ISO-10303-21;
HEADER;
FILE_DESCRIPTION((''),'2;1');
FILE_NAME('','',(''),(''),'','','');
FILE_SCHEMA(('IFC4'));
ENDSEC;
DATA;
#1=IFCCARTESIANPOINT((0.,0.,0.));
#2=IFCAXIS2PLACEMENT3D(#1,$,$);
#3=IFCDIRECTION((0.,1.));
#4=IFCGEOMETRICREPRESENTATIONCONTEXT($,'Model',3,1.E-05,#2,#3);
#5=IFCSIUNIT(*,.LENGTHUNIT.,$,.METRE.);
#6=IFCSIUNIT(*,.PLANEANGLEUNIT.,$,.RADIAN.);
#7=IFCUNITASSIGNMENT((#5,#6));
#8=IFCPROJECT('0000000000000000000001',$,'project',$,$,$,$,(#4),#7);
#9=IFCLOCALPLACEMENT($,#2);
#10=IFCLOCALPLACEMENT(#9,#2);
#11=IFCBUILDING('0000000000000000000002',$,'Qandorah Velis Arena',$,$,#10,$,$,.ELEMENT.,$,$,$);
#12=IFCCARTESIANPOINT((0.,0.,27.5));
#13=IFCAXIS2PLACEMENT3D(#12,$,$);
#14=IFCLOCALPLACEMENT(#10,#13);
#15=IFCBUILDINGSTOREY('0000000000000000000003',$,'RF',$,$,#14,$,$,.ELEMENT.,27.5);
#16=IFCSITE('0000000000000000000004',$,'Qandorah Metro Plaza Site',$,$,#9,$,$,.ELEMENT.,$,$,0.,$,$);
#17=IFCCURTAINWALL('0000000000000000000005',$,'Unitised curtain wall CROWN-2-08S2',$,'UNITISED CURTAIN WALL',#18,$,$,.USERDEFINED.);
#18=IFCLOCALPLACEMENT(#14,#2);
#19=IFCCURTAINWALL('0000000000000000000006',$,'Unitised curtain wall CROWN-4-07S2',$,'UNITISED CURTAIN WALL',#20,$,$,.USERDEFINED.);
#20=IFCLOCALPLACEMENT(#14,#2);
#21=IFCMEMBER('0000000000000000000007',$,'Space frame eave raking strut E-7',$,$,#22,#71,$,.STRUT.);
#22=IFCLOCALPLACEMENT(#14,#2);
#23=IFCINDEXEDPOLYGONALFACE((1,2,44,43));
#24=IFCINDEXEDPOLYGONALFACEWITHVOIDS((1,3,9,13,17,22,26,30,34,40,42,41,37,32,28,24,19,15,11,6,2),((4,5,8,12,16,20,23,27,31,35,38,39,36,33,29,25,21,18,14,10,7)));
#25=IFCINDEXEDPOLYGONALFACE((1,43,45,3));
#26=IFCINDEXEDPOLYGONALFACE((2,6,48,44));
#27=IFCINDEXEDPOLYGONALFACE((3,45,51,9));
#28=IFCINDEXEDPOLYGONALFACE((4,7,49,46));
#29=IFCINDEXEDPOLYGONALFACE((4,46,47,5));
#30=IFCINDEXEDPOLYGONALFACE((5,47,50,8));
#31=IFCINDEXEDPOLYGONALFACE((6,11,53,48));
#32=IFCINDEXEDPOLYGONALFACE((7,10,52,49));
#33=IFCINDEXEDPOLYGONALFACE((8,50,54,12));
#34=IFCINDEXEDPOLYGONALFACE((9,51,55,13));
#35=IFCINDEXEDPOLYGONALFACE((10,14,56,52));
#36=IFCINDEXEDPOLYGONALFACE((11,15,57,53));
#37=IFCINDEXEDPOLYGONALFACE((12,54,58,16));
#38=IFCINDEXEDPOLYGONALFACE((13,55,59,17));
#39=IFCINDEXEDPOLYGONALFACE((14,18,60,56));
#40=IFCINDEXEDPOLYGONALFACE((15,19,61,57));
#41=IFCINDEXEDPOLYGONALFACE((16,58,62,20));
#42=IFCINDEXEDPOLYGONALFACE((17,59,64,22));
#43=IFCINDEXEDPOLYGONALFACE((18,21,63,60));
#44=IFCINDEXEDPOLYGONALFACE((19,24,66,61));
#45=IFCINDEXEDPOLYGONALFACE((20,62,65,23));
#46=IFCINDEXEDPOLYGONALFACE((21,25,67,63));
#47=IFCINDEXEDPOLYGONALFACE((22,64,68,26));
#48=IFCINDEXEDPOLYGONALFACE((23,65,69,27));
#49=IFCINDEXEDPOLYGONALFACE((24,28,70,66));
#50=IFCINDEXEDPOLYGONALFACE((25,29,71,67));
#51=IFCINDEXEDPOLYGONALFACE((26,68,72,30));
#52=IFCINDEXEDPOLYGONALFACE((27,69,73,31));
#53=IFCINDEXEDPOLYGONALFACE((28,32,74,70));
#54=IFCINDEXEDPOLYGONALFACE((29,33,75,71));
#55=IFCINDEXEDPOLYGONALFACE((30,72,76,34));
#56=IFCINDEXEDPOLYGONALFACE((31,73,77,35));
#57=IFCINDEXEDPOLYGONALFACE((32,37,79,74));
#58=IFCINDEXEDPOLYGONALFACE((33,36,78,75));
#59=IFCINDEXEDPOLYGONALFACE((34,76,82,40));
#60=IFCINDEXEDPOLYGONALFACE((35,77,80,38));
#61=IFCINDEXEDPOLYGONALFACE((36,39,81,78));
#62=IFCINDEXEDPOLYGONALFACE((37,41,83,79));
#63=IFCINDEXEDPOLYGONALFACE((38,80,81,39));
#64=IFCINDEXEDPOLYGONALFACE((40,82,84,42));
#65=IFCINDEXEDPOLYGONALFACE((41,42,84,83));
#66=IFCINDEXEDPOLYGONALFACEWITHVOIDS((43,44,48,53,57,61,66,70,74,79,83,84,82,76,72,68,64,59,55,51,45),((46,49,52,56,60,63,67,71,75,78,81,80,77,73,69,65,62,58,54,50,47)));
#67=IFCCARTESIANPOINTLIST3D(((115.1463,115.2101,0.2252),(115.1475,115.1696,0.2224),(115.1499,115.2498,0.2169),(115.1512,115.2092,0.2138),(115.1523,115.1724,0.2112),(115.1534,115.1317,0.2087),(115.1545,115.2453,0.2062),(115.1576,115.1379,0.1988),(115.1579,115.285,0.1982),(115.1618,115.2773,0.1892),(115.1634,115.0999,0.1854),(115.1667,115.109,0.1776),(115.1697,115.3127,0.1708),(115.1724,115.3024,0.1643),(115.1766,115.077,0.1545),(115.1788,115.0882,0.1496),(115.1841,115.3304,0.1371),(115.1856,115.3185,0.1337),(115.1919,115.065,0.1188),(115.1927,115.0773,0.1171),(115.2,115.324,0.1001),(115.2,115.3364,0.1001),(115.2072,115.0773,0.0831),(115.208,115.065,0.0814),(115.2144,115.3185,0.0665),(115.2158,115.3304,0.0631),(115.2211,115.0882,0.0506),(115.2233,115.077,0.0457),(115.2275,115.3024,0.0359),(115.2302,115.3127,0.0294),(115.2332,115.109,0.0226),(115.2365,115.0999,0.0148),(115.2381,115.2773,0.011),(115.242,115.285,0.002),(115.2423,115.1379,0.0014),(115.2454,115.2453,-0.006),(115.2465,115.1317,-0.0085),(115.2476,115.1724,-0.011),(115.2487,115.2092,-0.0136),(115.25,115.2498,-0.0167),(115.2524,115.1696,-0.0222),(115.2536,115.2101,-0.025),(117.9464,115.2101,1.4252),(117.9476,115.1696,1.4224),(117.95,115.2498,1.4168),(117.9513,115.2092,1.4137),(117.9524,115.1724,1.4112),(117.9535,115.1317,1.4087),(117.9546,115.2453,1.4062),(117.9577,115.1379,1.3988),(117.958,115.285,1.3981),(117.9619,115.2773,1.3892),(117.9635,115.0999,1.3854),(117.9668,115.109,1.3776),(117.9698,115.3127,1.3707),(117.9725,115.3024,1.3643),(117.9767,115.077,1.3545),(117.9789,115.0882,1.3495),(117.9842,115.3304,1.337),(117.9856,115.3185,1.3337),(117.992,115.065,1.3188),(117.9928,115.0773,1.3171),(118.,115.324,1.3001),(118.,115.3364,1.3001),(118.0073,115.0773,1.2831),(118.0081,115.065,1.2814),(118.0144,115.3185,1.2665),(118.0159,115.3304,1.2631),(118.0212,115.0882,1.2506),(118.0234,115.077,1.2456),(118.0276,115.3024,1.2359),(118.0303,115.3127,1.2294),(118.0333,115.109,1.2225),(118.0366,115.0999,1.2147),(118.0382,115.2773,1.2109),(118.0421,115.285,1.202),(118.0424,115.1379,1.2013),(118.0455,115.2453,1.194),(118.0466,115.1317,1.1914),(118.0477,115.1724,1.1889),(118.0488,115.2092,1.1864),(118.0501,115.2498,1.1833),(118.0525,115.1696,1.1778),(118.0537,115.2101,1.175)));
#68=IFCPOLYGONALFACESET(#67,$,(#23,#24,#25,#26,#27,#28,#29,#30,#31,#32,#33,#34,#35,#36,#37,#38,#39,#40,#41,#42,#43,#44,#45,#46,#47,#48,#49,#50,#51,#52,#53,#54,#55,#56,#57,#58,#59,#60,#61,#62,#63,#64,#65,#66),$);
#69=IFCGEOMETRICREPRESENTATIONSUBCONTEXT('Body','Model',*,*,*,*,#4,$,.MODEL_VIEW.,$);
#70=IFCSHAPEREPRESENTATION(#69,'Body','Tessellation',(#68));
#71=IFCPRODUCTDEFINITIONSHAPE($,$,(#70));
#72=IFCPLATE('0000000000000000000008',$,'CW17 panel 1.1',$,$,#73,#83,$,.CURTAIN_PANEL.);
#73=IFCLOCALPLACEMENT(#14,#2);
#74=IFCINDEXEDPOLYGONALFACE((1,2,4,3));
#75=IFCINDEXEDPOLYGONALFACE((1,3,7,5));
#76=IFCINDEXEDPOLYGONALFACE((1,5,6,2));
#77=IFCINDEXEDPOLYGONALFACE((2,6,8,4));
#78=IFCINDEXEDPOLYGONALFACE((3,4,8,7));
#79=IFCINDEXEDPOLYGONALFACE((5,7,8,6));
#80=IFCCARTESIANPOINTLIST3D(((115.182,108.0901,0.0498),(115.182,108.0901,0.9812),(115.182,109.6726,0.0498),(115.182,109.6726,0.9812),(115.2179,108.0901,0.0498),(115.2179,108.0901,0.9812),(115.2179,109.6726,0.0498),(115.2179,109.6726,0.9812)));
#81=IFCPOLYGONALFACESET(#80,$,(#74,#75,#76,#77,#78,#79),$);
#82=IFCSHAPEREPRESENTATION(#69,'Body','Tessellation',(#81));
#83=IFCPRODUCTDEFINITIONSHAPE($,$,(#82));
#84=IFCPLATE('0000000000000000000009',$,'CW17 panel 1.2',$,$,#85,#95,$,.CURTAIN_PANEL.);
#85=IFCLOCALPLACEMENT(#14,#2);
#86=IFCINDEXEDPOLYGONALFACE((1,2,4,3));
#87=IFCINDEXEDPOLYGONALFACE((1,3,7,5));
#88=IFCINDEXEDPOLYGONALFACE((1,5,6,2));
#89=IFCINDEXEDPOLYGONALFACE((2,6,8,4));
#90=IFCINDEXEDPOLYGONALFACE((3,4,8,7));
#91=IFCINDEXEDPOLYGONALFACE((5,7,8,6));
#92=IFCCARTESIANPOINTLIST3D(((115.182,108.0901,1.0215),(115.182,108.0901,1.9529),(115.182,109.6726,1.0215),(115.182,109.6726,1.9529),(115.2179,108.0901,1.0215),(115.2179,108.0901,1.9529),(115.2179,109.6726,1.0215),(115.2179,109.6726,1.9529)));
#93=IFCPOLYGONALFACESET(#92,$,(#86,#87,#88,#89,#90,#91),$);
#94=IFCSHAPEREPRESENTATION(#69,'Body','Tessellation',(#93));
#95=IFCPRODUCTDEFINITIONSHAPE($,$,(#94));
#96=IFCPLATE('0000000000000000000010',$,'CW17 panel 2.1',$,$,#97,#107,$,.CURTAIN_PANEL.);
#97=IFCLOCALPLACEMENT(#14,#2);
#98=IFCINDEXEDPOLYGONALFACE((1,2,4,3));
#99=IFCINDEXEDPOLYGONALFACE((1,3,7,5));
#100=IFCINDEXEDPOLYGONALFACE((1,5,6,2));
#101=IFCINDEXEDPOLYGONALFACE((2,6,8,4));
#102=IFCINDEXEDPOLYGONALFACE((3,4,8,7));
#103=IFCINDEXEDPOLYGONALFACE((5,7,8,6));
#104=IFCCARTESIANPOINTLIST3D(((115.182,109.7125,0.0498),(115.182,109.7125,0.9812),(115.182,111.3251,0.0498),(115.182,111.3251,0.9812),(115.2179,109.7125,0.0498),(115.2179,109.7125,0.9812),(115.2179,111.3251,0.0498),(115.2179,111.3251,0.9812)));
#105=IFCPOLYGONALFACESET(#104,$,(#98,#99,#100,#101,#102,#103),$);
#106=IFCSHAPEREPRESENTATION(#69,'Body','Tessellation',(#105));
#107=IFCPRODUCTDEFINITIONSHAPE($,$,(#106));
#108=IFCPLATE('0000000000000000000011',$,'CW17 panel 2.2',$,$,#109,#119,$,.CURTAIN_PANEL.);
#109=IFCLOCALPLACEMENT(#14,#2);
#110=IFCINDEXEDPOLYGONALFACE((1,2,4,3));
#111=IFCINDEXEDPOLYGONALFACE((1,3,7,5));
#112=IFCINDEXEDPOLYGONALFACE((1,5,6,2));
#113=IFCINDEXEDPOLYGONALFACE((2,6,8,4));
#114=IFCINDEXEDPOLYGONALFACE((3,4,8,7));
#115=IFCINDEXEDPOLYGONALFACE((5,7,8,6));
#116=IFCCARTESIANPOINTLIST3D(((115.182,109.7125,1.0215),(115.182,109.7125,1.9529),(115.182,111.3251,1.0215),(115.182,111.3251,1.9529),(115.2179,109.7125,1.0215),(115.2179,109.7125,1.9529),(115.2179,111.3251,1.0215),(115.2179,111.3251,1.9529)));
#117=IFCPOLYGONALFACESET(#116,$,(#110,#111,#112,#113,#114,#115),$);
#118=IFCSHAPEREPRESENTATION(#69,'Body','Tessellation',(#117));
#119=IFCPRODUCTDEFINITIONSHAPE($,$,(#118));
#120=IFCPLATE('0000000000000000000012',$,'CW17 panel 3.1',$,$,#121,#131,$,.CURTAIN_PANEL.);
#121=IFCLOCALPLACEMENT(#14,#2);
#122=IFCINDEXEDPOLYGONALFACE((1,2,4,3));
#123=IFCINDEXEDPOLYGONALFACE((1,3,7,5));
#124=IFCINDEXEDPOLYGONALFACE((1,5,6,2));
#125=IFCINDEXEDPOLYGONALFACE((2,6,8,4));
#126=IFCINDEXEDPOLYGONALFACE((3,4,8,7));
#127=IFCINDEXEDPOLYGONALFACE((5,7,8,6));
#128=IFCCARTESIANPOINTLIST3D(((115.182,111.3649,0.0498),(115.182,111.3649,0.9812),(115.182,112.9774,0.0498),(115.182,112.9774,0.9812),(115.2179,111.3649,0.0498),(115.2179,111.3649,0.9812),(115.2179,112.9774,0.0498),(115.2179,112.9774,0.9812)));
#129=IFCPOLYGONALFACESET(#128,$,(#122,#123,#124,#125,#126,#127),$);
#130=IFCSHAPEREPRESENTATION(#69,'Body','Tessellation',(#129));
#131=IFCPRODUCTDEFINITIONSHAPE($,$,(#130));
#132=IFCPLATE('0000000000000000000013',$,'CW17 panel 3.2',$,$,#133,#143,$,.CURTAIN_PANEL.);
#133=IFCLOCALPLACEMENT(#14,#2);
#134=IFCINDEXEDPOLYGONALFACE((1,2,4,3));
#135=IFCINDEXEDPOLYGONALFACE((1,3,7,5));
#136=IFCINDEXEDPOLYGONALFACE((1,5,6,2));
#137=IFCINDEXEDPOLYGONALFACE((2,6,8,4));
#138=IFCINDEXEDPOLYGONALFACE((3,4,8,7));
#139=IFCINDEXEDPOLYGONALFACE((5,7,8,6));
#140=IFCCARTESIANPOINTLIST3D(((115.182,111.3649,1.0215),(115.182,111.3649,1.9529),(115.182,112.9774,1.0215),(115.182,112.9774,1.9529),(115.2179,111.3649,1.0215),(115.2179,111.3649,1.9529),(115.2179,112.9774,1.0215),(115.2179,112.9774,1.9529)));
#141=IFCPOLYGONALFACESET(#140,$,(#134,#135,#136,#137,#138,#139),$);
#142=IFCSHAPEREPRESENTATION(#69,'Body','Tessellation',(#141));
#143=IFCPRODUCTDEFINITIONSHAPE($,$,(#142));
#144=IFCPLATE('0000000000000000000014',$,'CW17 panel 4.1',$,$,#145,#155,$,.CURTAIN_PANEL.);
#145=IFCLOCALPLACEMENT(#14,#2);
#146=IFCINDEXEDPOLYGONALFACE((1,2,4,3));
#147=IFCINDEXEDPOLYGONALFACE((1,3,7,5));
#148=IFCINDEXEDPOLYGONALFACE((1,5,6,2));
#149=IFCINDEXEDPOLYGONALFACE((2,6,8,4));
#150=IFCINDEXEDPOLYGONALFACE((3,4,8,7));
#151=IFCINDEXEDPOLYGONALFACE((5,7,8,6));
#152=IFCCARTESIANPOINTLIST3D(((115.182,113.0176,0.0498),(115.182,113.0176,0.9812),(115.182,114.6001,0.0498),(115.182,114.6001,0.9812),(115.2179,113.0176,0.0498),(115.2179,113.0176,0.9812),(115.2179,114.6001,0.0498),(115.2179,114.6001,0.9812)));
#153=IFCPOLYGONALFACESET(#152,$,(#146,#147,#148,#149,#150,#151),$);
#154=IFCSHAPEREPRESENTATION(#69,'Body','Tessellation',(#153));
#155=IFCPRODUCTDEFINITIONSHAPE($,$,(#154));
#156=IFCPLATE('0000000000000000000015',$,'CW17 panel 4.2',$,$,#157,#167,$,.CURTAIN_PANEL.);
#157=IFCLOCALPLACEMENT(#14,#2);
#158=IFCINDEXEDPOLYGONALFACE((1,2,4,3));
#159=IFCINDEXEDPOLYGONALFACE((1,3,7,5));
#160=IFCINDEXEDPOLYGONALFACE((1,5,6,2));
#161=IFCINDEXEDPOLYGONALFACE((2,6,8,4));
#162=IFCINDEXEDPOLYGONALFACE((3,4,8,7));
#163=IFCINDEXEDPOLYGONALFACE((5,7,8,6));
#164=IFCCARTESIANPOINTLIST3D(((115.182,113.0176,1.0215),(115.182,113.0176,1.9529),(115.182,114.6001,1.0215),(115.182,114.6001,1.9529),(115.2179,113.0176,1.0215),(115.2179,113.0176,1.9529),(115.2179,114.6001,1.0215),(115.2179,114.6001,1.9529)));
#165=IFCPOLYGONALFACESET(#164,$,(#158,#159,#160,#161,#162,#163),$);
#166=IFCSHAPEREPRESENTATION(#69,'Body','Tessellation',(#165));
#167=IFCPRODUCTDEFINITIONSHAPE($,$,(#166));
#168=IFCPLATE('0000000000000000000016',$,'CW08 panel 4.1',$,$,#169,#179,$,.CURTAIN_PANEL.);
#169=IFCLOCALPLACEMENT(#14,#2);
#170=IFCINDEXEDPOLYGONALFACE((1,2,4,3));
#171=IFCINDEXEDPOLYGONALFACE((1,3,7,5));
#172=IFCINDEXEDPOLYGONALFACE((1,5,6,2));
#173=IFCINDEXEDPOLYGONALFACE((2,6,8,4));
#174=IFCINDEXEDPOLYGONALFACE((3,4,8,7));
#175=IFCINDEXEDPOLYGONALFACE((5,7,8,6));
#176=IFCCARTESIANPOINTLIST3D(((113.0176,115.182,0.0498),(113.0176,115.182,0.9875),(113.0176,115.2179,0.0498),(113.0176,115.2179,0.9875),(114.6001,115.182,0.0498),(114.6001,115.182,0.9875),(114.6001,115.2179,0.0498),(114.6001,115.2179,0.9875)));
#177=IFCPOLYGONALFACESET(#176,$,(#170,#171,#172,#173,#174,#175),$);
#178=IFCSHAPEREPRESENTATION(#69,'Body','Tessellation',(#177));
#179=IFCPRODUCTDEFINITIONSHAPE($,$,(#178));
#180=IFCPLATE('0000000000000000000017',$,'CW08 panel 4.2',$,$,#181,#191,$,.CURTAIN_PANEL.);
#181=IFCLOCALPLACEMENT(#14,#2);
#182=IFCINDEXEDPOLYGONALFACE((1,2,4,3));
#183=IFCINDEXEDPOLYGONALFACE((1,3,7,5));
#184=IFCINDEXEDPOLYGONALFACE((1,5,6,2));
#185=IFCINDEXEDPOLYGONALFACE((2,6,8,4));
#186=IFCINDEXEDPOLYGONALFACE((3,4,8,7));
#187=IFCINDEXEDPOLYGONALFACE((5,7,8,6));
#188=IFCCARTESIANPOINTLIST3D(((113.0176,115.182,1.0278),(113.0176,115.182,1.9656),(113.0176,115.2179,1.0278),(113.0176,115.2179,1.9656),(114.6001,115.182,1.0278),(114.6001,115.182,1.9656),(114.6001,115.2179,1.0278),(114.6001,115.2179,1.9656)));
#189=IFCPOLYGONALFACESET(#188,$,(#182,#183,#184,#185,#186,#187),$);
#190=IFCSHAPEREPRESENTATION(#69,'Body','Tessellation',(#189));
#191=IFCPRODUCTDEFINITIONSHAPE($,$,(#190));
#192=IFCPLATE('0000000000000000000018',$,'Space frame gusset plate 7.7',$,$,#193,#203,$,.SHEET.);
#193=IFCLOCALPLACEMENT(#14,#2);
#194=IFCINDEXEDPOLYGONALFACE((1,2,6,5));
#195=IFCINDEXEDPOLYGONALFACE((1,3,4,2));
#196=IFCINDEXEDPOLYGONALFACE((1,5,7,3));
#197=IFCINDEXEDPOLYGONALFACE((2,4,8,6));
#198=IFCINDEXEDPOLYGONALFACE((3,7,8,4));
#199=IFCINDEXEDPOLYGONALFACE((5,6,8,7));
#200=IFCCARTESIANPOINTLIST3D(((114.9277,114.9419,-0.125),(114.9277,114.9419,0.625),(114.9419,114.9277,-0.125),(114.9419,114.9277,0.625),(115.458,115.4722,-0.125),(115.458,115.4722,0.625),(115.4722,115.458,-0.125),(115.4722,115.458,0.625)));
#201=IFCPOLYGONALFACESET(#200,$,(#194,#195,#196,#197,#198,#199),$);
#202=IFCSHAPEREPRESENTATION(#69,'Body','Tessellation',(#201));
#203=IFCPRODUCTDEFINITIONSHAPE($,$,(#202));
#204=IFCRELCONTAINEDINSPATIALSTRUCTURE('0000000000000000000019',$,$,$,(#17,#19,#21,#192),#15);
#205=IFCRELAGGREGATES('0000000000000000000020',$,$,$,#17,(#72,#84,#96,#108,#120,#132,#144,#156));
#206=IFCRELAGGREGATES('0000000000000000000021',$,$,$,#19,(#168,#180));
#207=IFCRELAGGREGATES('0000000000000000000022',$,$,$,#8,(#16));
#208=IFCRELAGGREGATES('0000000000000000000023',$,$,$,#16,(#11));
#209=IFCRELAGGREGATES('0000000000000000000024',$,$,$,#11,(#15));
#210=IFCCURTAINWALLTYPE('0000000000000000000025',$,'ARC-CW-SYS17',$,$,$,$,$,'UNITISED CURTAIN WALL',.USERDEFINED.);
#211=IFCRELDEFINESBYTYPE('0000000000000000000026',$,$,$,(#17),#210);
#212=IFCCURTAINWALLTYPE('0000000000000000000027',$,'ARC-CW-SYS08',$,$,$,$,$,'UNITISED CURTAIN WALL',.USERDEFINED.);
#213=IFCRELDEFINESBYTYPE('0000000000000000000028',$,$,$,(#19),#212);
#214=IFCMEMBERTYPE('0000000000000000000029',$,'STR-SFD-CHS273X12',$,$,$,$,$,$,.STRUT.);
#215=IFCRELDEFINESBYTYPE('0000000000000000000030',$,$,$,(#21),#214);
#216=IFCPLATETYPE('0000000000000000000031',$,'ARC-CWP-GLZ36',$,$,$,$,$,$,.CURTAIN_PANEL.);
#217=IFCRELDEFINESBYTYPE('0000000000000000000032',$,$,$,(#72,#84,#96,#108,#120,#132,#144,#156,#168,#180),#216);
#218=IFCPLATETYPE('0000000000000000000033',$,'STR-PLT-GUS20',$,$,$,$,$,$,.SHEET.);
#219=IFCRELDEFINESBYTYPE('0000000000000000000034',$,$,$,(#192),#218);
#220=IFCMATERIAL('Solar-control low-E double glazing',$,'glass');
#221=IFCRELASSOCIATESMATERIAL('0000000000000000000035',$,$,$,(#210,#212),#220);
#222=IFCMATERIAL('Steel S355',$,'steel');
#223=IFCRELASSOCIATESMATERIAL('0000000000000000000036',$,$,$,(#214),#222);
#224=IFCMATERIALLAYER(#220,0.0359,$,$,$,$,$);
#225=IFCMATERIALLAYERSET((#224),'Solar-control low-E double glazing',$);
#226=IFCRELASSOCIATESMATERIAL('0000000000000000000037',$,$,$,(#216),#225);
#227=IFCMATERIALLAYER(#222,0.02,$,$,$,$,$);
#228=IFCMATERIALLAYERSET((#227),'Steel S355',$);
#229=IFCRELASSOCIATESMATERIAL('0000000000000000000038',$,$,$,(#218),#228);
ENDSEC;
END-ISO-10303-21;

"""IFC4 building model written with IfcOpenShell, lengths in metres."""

from ifc_helpers import new_model, si_unit, direction, frame, origin, origin_2d, place, context, subcontext, project, spatial, rectangle, hollow_circle, extrude, material, layer, layer_set, material_profile, profile_set, type_object, element, aggregate, save


model = new_model("IFC4")

# Units and contexts
model_context = context("Model", 3, precision=1e-05, world=origin(), true_north=direction((0.0, 1.0)))
body_context = subcontext(model_context, "Body", "Model", "MODEL_VIEW")
ifc_project = project(units=[si_unit("LENGTHUNIT", "METRE"), si_unit("PLANEANGLEUNIT", "RADIAN")], contexts=[model_context])

# Site, building, storey
site_placement = place(None, origin())
site = spatial("IfcSite", under=ifc_project, at=site_placement, Name="Qandorah Metro Plaza Site", CompositionType="ELEMENT", RefElevation=0.0)
building_placement = place(site_placement, origin())
building = spatial("IfcBuilding", under=site, at=building_placement, Name="Qandorah Velis Arena", CompositionType="ELEMENT")
storey_placement = place(building_placement, frame((0.0, 0.0, 27.5)))
storey = spatial("IfcBuildingStorey", under=building, at=storey_placement, Name="RF", CompositionType="ELEMENT", Elevation=27.5)

# Curtain wall
ifc_material_1 = material(Name="Solar-control low-E double glazing", Category="glass")
curtain_wall_type_1 = type_object("IfcCurtainWallType", Name="ARC-CW-SYS17", ElementType="UNITISED CURTAIN WALL", PredefinedType="USERDEFINED", material=ifc_material_1)
curtain_wall_1_placement = place(storey_placement, origin())
curtain_wall_1 = element("IfcCurtainWall", 1, at=curtain_wall_1_placement, inside=storey, type_object=curtain_wall_type_1, Name="Unitised curtain wall CROWN-2-08S2", ObjectType="UNITISED CURTAIN WALL", PredefinedType="USERDEFINED")

# Curtain wall
curtain_wall_type_2 = type_object("IfcCurtainWallType", Name="ARC-CW-SYS08", ElementType="UNITISED CURTAIN WALL", PredefinedType="USERDEFINED", material=ifc_material_1)
curtain_wall_2_placement = place(storey_placement, origin())
curtain_wall_2 = element("IfcCurtainWall", 2, at=curtain_wall_2_placement, inside=storey, type_object=curtain_wall_type_2, Name="Unitised curtain wall CROWN-4-07S2", ObjectType="UNITISED CURTAIN WALL", PredefinedType="USERDEFINED")

# Shared definitions
ifc_material_2 = material(Name="Steel S355", Category="steel")

# Member
ifc_material_profile_1 = material_profile(ifc_material_2, hollow_circle(Radius=0.1365, WallThickness=0.0125, at=origin_2d()), Name="CHS 273x12.5")
ifc_profile_set_1 = profile_set([ifc_material_profile_1], Name="Steel S355")
member_type_1 = type_object("IfcMemberType", Name="STR-SFD-CHS273X12", PredefinedType="STRUT", material=ifc_profile_set_1)
for number, where, z_axis, x_axis, name in (
    (3, (115.2, 115.2, 0.1001), (0.919153, 0.0, 0.3939), (0.0, 1.0, 0.0), "Space frame eave raking strut E-7"),
):
    element("IfcMember", number, at=place(storey_placement, frame(where, z_axis=z_axis, x_axis=x_axis)), inside=storey, type_object=member_type_1, Name=name, PredefinedType="STRUT", context=body_context, shape_type="SweptSolid", body=[
        extrude(hollow_circle(Radius=0.1365, WallThickness=0.0125, at=origin_2d()), origin(), (0.0, 0.0, 1.0), 3.0464),
    ])

# Plates
ifc_layer_1 = layer(ifc_material_1, 0.0359)
ifc_layer_set_1 = layer_set([ifc_layer_1], Name="Solar-control low-E double glazing")
plate_type_1 = type_object("IfcPlateType", Name="ARC-CWP-GLZ36", PredefinedType="CURTAIN_PANEL", material=ifc_layer_set_1)
plate_1_placement = place(storey_placement, frame((115.2, 108.8813, 0.0498), z_axis=(0.0, 0.0, 1.0), x_axis=(0.0, 1.0, 0.0)))
plate_1 = element("IfcPlate", 4, at=plate_1_placement, type_object=plate_type_1, Name="CW17 panel 1.1", PredefinedType="CURTAIN_PANEL", context=body_context, shape_type="SweptSolid", body=[
    extrude(rectangle(XDim=1.5825, YDim=0.0359, at=origin_2d()), origin(), (0.0, 0.0, 1.0), 0.9314),
])
plate_2_placement = place(storey_placement, frame((115.2, 108.8813, 1.0215), z_axis=(0.0, 0.0, 1.0), x_axis=(0.0, 1.0, 0.0)))
plate_2 = element("IfcPlate", 5, at=plate_2_placement, type_object=plate_type_1, Name="CW17 panel 1.2", PredefinedType="CURTAIN_PANEL", context=body_context, shape_type="SweptSolid", body=[
    extrude(rectangle(XDim=1.5825, YDim=0.0359, at=origin_2d()), origin(), (0.0, 0.0, 1.0), 0.9314),
])
plate_3_placement = place(storey_placement, frame((115.2, 110.5188, 0.0498), z_axis=(0.0, 0.0, 1.0), x_axis=(0.0, 1.0, 0.0)))
plate_3 = element("IfcPlate", 6, at=plate_3_placement, type_object=plate_type_1, Name="CW17 panel 2.1", PredefinedType="CURTAIN_PANEL", context=body_context, shape_type="SweptSolid", body=[
    extrude(rectangle(XDim=1.6125, YDim=0.0359, at=origin_2d()), origin(), (0.0, 0.0, 1.0), 0.9314),
])
plate_4_placement = place(storey_placement, frame((115.2, 110.5188, 1.0215), z_axis=(0.0, 0.0, 1.0), x_axis=(0.0, 1.0, 0.0)))
plate_4 = element("IfcPlate", 7, at=plate_4_placement, type_object=plate_type_1, Name="CW17 panel 2.2", PredefinedType="CURTAIN_PANEL", context=body_context, shape_type="SweptSolid", body=[
    extrude(rectangle(XDim=1.6125, YDim=0.0359, at=origin_2d()), origin(), (0.0, 0.0, 1.0), 0.9314),
])
plate_5_placement = place(storey_placement, frame((115.2, 112.1711, 0.0498), z_axis=(0.0, 0.0, 1.0), x_axis=(0.0, 1.0, 0.0)))
plate_5 = element("IfcPlate", 8, at=plate_5_placement, type_object=plate_type_1, Name="CW17 panel 3.1", PredefinedType="CURTAIN_PANEL", context=body_context, shape_type="SweptSolid", body=[
    extrude(rectangle(XDim=1.6125, YDim=0.0359, at=origin_2d()), origin(), (0.0, 0.0, 1.0), 0.9314),
])
plate_6_placement = place(storey_placement, frame((115.2, 112.1711, 1.0215), z_axis=(0.0, 0.0, 1.0), x_axis=(0.0, 1.0, 0.0)))
plate_6 = element("IfcPlate", 9, at=plate_6_placement, type_object=plate_type_1, Name="CW17 panel 3.2", PredefinedType="CURTAIN_PANEL", context=body_context, shape_type="SweptSolid", body=[
    extrude(rectangle(XDim=1.6125, YDim=0.0359, at=origin_2d()), origin(), (0.0, 0.0, 1.0), 0.9314),
])
plate_7_placement = place(storey_placement, frame((115.2, 113.8088, 0.0498), z_axis=(0.0, 0.0, 1.0), x_axis=(0.0, 1.0, 0.0)))
plate_7 = element("IfcPlate", 10, at=plate_7_placement, type_object=plate_type_1, Name="CW17 panel 4.1", PredefinedType="CURTAIN_PANEL", context=body_context, shape_type="SweptSolid", body=[
    extrude(rectangle(XDim=1.5825, YDim=0.0359, at=origin_2d()), origin(), (0.0, 0.0, 1.0), 0.9314),
])
plate_8_placement = place(storey_placement, frame((115.2, 113.8088, 1.0215), z_axis=(0.0, 0.0, 1.0), x_axis=(0.0, 1.0, 0.0)))
plate_8 = element("IfcPlate", 11, at=plate_8_placement, type_object=plate_type_1, Name="CW17 panel 4.2", PredefinedType="CURTAIN_PANEL", context=body_context, shape_type="SweptSolid", body=[
    extrude(rectangle(XDim=1.5825, YDim=0.0359, at=origin_2d()), origin(), (0.0, 0.0, 1.0), 0.9314),
])
aggregate(curtain_wall_1, [plate_1, plate_2, plate_3, plate_4, plate_5, plate_6, plate_7, plate_8])
plate_9_placement = place(storey_placement, frame((113.8088, 115.2, 0.0498), z_axis=(0.0, 0.0, 1.0), x_axis=(1.0, 0.0, 0.0)))
plate_9 = element("IfcPlate", 12, at=plate_9_placement, type_object=plate_type_1, Name="CW08 panel 4.1", PredefinedType="CURTAIN_PANEL", context=body_context, shape_type="SweptSolid", body=[
    extrude(rectangle(XDim=1.5825, YDim=0.0359, at=origin_2d()), origin(), (0.0, 0.0, 1.0), 0.9377),
])
plate_10_placement = place(storey_placement, frame((113.8088, 115.2, 1.0278), z_axis=(0.0, 0.0, 1.0), x_axis=(1.0, 0.0, 0.0)))
plate_10 = element("IfcPlate", 13, at=plate_10_placement, type_object=plate_type_1, Name="CW08 panel 4.2", PredefinedType="CURTAIN_PANEL", context=body_context, shape_type="SweptSolid", body=[
    extrude(rectangle(XDim=1.5825, YDim=0.0359, at=origin_2d()), origin(), (0.0, 0.0, 1.0), 0.9377),
])
aggregate(curtain_wall_2, [plate_9, plate_10])
ifc_layer_2 = layer(ifc_material_2, 0.02)
ifc_layer_set_2 = layer_set([ifc_layer_2], Name="Steel S355")
plate_type_2 = type_object("IfcPlateType", Name="STR-PLT-GUS20", PredefinedType="SHEET", material=ifc_layer_set_2)
plate_11_placement = place(storey_placement, frame((115.2, 115.2, -0.125), z_axis=(0.0, 0.0, 1.0), x_axis=(0.707107, 0.707107, 0.0)))
element("IfcPlate", 14, at=plate_11_placement, inside=storey, type_object=plate_type_2, Name="Space frame gusset plate 7.7", PredefinedType="SHEET", context=body_context, shape_type="SweptSolid", body=[
    extrude(rectangle(XDim=0.75, YDim=0.02, at=origin_2d()), origin(), (0.0, 0.0, 1.0), 0.75),
])

save(model, "model.ifc")
